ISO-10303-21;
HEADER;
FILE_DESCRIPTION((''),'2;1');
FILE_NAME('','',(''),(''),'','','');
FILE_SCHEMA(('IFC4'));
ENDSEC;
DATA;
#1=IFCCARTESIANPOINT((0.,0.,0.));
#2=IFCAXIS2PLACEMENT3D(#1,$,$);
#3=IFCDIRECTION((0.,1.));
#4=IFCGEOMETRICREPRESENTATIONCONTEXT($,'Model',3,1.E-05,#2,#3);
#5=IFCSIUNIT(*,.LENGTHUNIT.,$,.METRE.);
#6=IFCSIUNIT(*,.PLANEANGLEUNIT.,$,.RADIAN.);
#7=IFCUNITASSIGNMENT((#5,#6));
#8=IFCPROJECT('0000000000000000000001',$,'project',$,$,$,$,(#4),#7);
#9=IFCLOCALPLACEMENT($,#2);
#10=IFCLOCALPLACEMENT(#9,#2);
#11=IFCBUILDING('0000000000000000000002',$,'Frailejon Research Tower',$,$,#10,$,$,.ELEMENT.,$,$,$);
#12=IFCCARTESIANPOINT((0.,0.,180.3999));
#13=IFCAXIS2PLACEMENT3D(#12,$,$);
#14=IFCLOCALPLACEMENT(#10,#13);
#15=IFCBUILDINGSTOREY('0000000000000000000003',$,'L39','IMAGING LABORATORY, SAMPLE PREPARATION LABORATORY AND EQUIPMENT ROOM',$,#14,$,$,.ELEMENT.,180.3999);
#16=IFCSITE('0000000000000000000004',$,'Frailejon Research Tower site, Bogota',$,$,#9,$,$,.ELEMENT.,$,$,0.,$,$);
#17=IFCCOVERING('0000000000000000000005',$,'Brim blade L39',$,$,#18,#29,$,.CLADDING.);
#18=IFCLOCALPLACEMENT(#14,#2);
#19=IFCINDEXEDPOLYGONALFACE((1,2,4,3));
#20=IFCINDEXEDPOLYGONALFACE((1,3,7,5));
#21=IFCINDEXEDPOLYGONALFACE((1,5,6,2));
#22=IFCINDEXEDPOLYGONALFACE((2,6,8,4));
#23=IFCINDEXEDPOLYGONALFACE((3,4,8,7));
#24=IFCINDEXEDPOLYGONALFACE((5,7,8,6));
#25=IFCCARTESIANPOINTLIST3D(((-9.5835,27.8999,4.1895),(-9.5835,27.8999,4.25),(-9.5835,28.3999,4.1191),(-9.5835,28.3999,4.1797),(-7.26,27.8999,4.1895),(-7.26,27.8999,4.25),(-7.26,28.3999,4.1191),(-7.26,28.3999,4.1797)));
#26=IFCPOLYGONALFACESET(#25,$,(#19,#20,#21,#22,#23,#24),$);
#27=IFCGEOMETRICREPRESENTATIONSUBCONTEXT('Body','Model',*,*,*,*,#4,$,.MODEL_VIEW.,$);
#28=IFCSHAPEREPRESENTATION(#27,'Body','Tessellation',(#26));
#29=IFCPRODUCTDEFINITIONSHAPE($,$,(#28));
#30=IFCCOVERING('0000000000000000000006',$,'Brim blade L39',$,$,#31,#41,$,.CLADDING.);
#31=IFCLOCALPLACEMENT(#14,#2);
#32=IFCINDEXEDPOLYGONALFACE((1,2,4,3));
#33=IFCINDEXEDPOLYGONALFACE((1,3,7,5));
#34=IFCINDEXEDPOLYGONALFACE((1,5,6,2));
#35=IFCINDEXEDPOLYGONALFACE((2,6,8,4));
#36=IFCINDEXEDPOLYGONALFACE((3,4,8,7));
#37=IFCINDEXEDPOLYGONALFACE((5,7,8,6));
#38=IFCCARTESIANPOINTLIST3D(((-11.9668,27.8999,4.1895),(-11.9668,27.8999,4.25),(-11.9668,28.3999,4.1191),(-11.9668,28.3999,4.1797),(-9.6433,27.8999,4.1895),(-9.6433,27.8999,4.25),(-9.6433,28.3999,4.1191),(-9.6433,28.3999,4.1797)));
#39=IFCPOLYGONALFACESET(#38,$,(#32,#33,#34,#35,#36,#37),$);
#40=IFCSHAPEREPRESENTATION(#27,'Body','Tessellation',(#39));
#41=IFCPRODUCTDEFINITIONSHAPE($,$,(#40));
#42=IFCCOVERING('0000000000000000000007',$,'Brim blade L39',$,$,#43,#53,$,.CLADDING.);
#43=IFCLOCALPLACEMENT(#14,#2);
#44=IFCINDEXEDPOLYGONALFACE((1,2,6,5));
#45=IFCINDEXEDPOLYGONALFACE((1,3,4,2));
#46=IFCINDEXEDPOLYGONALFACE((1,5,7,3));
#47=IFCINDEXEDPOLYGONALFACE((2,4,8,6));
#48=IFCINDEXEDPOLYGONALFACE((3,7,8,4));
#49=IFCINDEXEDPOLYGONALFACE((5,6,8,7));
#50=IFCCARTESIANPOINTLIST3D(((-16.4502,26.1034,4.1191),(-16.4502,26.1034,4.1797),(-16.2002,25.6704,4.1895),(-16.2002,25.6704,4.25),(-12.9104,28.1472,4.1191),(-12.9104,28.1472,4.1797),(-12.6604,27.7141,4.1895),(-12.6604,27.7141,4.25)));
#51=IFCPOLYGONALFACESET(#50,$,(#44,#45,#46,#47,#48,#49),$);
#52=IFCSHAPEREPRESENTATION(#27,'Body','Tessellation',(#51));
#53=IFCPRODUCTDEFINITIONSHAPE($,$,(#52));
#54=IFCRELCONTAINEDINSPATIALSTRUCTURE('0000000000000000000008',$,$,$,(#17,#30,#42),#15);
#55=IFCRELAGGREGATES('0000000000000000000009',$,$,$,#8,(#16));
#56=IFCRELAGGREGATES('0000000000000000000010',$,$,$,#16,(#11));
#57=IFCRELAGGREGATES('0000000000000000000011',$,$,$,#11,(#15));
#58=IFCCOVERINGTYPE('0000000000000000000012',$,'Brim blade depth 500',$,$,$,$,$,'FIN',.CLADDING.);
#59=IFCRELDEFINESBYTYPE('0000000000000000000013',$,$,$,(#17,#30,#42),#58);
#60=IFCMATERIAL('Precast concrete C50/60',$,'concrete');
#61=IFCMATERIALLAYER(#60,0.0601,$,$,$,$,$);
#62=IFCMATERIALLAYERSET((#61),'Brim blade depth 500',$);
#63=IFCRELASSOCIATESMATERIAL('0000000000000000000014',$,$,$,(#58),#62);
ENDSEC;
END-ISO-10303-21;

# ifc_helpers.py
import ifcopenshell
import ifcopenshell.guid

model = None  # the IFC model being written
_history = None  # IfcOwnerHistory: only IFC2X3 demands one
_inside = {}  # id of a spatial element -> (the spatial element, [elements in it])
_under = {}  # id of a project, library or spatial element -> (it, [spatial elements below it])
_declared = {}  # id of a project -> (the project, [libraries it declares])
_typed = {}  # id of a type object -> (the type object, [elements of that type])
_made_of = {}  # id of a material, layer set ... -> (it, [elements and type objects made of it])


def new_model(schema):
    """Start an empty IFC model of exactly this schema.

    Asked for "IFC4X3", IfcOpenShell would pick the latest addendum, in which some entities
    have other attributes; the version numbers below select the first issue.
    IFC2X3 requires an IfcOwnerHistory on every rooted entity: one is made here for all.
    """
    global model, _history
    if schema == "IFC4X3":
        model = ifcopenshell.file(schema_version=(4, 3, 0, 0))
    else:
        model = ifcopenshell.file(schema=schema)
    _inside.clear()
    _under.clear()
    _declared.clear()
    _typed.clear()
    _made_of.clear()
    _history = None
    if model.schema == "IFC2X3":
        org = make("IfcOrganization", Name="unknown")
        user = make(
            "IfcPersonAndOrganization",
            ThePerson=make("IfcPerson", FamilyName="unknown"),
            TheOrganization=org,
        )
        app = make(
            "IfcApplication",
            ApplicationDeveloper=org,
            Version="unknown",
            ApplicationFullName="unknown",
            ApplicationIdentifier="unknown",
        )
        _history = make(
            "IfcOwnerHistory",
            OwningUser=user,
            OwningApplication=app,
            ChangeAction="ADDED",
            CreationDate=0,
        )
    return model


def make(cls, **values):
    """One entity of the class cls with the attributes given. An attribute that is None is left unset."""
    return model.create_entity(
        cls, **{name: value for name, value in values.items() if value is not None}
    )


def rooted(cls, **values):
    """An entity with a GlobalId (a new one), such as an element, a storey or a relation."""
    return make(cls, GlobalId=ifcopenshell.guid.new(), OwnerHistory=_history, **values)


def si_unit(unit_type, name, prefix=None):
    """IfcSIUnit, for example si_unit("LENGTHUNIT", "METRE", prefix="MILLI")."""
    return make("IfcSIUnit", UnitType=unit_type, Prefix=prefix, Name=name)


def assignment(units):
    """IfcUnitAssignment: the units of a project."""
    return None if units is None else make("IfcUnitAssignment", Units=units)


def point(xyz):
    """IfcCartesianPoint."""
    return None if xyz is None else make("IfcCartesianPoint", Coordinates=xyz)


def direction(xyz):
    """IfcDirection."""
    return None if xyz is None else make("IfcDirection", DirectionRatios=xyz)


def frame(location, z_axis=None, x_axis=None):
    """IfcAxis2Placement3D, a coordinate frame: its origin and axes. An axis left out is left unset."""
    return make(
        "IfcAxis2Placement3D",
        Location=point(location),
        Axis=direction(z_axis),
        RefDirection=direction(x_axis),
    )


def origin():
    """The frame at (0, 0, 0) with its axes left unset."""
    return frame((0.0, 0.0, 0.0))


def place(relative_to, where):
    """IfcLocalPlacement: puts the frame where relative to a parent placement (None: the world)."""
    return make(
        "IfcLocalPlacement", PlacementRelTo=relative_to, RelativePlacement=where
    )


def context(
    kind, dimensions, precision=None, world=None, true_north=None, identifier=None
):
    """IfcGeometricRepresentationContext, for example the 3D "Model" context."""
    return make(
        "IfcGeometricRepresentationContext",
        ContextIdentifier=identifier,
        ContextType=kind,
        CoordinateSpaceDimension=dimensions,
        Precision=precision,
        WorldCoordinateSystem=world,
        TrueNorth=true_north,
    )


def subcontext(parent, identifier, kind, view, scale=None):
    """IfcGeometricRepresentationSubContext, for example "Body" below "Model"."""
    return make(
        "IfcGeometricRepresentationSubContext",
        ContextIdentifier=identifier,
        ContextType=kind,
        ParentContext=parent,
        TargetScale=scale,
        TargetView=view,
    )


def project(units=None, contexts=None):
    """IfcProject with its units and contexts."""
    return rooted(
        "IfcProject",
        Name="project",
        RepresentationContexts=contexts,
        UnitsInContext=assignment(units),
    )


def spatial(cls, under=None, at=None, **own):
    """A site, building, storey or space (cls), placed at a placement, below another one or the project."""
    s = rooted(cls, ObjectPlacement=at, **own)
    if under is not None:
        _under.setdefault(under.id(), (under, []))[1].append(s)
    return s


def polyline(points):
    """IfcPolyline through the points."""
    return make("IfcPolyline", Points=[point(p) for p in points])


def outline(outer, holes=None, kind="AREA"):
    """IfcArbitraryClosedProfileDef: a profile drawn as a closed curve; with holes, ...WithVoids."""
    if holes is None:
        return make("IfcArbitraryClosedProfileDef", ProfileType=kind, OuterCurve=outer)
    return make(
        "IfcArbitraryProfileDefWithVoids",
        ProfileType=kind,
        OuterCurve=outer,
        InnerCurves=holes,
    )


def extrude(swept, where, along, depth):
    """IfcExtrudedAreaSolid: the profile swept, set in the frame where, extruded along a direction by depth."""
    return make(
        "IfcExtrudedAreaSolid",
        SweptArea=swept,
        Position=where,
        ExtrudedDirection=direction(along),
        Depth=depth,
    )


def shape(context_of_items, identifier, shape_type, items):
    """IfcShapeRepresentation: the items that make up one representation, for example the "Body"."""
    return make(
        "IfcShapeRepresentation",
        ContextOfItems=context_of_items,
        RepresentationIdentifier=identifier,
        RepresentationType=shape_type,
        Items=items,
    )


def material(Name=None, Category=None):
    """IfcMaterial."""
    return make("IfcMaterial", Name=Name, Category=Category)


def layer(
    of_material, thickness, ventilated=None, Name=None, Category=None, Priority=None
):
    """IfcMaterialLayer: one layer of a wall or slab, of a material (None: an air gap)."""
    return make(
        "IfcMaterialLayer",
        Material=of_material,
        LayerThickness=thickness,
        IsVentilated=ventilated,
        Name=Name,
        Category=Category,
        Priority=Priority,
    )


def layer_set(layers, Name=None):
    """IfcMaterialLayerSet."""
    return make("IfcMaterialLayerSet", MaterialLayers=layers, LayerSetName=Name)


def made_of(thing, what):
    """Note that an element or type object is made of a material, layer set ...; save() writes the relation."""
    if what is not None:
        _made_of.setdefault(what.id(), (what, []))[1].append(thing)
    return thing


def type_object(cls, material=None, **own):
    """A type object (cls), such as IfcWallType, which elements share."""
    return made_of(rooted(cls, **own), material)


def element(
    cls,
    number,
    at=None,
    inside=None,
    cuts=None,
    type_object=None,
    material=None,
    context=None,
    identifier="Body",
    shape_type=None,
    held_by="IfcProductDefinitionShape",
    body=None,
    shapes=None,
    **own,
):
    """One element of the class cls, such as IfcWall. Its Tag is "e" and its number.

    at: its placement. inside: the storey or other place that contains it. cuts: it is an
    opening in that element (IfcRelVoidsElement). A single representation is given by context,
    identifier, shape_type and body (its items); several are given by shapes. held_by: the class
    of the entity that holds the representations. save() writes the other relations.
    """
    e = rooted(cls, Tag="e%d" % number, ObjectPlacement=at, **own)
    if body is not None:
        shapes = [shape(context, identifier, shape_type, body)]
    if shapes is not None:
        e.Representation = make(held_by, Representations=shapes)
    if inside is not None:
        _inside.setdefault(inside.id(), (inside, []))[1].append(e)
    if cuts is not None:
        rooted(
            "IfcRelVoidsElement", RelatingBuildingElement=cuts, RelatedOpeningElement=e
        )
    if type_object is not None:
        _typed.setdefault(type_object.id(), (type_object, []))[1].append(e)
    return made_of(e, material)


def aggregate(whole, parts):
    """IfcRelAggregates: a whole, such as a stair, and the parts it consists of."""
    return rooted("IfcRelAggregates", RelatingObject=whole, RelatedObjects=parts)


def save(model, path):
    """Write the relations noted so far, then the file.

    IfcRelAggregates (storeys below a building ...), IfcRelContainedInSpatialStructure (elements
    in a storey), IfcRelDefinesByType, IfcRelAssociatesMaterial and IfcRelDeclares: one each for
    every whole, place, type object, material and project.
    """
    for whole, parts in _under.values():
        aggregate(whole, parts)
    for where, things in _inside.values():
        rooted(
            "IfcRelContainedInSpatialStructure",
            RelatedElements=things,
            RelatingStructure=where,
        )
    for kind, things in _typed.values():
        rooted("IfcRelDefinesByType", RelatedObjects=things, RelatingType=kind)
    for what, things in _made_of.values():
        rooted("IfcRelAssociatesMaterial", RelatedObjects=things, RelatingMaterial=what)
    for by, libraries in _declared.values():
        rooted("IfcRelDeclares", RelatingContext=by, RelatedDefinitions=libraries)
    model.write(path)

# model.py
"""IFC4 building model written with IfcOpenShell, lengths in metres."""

from ifc_helpers import new_model, si_unit, direction, frame, origin, place, context, subcontext, project, spatial, polyline, outline, extrude, material, layer, layer_set, type_object, element, save


model = new_model("IFC4")

# Units and contexts
model_context = context("Model", 3, precision=1e-05, world=origin(), true_north=direction((0.0, 1.0)))
body_context = subcontext(model_context, "Body", "Model", "MODEL_VIEW")
ifc_project = project(units=[si_unit("LENGTHUNIT", "METRE"), si_unit("PLANEANGLEUNIT", "RADIAN")], contexts=[model_context])

# Site, building, storey
site_placement = place(None, origin())
site = spatial("IfcSite", under=ifc_project, at=site_placement, Name="Frailejon Research Tower site, Bogota", CompositionType="ELEMENT", RefElevation=0.0)
building_placement = place(site_placement, origin())
building = spatial("IfcBuilding", under=site, at=building_placement, Name="Frailejon Research Tower", CompositionType="ELEMENT")
storey_placement = place(building_placement, frame((0.0, 0.0, 180.3999)))
storey = spatial("IfcBuildingStorey", under=building, at=storey_placement, Name="L39", Description="IMAGING LABORATORY, SAMPLE PREPARATION LABORATORY AND EQUIPMENT ROOM", CompositionType="ELEMENT", Elevation=180.3999)

# Coverings
ifc_material_1 = material(Name="Precast concrete C50/60", Category="concrete")
ifc_layer_1 = layer(ifc_material_1, 0.0601)
ifc_layer_set_1 = layer_set([ifc_layer_1], Name="Brim blade depth 500")
covering_type_1 = type_object("IfcCoveringType", Name="Brim blade depth 500", ElementType="FIN", PredefinedType="CLADDING", material=ifc_layer_set_1)
for number, where, z_axis, x_axis, name in (
    (1, (-9.5835, 27.8999, 4.25), (1.0, 0.0, 0.0), (0.0, 1.0, 0.0), "Brim blade L39"),
    (2, (-11.9668, 27.8999, 4.25), (1.0, 0.0, 0.0), (0.0, 1.0, 0.0), "Brim blade L39"),
):
    element("IfcCovering", number, at=place(storey_placement, frame(where, z_axis=z_axis, x_axis=x_axis)), inside=storey, type_object=covering_type_1, Name=name, PredefinedType="CLADDING", context=body_context, shape_type="SweptSolid", body=[
        extrude(outline(polyline([(0.0, -0.0605), (0.5, -0.1309), (0.5, -0.0703), (0.0, 0.0), (0.0, -0.0605)])), origin(), (0.0, 0.0, 1.0), 2.3235),
    ])
covering_placement = place(storey_placement, frame((-16.2002, 25.6704, 4.25), z_axis=(0.866021, 0.500007, 0.0), x_axis=(-0.500007, 0.866021, 0.0)))
element("IfcCovering", 3, at=covering_placement, inside=storey, type_object=covering_type_1, Name="Brim blade L39", PredefinedType="CLADDING", context=body_context, shape_type="SweptSolid", body=[
    extrude(outline(polyline([(0.0, -0.0605), (0.5, -0.1309), (0.5, -0.0703), (0.0, 0.0), (0.0, -0.0605)])), origin(), (0.0, 0.0, 1.0), 4.0874),
])

save(model, "model.ifc")
